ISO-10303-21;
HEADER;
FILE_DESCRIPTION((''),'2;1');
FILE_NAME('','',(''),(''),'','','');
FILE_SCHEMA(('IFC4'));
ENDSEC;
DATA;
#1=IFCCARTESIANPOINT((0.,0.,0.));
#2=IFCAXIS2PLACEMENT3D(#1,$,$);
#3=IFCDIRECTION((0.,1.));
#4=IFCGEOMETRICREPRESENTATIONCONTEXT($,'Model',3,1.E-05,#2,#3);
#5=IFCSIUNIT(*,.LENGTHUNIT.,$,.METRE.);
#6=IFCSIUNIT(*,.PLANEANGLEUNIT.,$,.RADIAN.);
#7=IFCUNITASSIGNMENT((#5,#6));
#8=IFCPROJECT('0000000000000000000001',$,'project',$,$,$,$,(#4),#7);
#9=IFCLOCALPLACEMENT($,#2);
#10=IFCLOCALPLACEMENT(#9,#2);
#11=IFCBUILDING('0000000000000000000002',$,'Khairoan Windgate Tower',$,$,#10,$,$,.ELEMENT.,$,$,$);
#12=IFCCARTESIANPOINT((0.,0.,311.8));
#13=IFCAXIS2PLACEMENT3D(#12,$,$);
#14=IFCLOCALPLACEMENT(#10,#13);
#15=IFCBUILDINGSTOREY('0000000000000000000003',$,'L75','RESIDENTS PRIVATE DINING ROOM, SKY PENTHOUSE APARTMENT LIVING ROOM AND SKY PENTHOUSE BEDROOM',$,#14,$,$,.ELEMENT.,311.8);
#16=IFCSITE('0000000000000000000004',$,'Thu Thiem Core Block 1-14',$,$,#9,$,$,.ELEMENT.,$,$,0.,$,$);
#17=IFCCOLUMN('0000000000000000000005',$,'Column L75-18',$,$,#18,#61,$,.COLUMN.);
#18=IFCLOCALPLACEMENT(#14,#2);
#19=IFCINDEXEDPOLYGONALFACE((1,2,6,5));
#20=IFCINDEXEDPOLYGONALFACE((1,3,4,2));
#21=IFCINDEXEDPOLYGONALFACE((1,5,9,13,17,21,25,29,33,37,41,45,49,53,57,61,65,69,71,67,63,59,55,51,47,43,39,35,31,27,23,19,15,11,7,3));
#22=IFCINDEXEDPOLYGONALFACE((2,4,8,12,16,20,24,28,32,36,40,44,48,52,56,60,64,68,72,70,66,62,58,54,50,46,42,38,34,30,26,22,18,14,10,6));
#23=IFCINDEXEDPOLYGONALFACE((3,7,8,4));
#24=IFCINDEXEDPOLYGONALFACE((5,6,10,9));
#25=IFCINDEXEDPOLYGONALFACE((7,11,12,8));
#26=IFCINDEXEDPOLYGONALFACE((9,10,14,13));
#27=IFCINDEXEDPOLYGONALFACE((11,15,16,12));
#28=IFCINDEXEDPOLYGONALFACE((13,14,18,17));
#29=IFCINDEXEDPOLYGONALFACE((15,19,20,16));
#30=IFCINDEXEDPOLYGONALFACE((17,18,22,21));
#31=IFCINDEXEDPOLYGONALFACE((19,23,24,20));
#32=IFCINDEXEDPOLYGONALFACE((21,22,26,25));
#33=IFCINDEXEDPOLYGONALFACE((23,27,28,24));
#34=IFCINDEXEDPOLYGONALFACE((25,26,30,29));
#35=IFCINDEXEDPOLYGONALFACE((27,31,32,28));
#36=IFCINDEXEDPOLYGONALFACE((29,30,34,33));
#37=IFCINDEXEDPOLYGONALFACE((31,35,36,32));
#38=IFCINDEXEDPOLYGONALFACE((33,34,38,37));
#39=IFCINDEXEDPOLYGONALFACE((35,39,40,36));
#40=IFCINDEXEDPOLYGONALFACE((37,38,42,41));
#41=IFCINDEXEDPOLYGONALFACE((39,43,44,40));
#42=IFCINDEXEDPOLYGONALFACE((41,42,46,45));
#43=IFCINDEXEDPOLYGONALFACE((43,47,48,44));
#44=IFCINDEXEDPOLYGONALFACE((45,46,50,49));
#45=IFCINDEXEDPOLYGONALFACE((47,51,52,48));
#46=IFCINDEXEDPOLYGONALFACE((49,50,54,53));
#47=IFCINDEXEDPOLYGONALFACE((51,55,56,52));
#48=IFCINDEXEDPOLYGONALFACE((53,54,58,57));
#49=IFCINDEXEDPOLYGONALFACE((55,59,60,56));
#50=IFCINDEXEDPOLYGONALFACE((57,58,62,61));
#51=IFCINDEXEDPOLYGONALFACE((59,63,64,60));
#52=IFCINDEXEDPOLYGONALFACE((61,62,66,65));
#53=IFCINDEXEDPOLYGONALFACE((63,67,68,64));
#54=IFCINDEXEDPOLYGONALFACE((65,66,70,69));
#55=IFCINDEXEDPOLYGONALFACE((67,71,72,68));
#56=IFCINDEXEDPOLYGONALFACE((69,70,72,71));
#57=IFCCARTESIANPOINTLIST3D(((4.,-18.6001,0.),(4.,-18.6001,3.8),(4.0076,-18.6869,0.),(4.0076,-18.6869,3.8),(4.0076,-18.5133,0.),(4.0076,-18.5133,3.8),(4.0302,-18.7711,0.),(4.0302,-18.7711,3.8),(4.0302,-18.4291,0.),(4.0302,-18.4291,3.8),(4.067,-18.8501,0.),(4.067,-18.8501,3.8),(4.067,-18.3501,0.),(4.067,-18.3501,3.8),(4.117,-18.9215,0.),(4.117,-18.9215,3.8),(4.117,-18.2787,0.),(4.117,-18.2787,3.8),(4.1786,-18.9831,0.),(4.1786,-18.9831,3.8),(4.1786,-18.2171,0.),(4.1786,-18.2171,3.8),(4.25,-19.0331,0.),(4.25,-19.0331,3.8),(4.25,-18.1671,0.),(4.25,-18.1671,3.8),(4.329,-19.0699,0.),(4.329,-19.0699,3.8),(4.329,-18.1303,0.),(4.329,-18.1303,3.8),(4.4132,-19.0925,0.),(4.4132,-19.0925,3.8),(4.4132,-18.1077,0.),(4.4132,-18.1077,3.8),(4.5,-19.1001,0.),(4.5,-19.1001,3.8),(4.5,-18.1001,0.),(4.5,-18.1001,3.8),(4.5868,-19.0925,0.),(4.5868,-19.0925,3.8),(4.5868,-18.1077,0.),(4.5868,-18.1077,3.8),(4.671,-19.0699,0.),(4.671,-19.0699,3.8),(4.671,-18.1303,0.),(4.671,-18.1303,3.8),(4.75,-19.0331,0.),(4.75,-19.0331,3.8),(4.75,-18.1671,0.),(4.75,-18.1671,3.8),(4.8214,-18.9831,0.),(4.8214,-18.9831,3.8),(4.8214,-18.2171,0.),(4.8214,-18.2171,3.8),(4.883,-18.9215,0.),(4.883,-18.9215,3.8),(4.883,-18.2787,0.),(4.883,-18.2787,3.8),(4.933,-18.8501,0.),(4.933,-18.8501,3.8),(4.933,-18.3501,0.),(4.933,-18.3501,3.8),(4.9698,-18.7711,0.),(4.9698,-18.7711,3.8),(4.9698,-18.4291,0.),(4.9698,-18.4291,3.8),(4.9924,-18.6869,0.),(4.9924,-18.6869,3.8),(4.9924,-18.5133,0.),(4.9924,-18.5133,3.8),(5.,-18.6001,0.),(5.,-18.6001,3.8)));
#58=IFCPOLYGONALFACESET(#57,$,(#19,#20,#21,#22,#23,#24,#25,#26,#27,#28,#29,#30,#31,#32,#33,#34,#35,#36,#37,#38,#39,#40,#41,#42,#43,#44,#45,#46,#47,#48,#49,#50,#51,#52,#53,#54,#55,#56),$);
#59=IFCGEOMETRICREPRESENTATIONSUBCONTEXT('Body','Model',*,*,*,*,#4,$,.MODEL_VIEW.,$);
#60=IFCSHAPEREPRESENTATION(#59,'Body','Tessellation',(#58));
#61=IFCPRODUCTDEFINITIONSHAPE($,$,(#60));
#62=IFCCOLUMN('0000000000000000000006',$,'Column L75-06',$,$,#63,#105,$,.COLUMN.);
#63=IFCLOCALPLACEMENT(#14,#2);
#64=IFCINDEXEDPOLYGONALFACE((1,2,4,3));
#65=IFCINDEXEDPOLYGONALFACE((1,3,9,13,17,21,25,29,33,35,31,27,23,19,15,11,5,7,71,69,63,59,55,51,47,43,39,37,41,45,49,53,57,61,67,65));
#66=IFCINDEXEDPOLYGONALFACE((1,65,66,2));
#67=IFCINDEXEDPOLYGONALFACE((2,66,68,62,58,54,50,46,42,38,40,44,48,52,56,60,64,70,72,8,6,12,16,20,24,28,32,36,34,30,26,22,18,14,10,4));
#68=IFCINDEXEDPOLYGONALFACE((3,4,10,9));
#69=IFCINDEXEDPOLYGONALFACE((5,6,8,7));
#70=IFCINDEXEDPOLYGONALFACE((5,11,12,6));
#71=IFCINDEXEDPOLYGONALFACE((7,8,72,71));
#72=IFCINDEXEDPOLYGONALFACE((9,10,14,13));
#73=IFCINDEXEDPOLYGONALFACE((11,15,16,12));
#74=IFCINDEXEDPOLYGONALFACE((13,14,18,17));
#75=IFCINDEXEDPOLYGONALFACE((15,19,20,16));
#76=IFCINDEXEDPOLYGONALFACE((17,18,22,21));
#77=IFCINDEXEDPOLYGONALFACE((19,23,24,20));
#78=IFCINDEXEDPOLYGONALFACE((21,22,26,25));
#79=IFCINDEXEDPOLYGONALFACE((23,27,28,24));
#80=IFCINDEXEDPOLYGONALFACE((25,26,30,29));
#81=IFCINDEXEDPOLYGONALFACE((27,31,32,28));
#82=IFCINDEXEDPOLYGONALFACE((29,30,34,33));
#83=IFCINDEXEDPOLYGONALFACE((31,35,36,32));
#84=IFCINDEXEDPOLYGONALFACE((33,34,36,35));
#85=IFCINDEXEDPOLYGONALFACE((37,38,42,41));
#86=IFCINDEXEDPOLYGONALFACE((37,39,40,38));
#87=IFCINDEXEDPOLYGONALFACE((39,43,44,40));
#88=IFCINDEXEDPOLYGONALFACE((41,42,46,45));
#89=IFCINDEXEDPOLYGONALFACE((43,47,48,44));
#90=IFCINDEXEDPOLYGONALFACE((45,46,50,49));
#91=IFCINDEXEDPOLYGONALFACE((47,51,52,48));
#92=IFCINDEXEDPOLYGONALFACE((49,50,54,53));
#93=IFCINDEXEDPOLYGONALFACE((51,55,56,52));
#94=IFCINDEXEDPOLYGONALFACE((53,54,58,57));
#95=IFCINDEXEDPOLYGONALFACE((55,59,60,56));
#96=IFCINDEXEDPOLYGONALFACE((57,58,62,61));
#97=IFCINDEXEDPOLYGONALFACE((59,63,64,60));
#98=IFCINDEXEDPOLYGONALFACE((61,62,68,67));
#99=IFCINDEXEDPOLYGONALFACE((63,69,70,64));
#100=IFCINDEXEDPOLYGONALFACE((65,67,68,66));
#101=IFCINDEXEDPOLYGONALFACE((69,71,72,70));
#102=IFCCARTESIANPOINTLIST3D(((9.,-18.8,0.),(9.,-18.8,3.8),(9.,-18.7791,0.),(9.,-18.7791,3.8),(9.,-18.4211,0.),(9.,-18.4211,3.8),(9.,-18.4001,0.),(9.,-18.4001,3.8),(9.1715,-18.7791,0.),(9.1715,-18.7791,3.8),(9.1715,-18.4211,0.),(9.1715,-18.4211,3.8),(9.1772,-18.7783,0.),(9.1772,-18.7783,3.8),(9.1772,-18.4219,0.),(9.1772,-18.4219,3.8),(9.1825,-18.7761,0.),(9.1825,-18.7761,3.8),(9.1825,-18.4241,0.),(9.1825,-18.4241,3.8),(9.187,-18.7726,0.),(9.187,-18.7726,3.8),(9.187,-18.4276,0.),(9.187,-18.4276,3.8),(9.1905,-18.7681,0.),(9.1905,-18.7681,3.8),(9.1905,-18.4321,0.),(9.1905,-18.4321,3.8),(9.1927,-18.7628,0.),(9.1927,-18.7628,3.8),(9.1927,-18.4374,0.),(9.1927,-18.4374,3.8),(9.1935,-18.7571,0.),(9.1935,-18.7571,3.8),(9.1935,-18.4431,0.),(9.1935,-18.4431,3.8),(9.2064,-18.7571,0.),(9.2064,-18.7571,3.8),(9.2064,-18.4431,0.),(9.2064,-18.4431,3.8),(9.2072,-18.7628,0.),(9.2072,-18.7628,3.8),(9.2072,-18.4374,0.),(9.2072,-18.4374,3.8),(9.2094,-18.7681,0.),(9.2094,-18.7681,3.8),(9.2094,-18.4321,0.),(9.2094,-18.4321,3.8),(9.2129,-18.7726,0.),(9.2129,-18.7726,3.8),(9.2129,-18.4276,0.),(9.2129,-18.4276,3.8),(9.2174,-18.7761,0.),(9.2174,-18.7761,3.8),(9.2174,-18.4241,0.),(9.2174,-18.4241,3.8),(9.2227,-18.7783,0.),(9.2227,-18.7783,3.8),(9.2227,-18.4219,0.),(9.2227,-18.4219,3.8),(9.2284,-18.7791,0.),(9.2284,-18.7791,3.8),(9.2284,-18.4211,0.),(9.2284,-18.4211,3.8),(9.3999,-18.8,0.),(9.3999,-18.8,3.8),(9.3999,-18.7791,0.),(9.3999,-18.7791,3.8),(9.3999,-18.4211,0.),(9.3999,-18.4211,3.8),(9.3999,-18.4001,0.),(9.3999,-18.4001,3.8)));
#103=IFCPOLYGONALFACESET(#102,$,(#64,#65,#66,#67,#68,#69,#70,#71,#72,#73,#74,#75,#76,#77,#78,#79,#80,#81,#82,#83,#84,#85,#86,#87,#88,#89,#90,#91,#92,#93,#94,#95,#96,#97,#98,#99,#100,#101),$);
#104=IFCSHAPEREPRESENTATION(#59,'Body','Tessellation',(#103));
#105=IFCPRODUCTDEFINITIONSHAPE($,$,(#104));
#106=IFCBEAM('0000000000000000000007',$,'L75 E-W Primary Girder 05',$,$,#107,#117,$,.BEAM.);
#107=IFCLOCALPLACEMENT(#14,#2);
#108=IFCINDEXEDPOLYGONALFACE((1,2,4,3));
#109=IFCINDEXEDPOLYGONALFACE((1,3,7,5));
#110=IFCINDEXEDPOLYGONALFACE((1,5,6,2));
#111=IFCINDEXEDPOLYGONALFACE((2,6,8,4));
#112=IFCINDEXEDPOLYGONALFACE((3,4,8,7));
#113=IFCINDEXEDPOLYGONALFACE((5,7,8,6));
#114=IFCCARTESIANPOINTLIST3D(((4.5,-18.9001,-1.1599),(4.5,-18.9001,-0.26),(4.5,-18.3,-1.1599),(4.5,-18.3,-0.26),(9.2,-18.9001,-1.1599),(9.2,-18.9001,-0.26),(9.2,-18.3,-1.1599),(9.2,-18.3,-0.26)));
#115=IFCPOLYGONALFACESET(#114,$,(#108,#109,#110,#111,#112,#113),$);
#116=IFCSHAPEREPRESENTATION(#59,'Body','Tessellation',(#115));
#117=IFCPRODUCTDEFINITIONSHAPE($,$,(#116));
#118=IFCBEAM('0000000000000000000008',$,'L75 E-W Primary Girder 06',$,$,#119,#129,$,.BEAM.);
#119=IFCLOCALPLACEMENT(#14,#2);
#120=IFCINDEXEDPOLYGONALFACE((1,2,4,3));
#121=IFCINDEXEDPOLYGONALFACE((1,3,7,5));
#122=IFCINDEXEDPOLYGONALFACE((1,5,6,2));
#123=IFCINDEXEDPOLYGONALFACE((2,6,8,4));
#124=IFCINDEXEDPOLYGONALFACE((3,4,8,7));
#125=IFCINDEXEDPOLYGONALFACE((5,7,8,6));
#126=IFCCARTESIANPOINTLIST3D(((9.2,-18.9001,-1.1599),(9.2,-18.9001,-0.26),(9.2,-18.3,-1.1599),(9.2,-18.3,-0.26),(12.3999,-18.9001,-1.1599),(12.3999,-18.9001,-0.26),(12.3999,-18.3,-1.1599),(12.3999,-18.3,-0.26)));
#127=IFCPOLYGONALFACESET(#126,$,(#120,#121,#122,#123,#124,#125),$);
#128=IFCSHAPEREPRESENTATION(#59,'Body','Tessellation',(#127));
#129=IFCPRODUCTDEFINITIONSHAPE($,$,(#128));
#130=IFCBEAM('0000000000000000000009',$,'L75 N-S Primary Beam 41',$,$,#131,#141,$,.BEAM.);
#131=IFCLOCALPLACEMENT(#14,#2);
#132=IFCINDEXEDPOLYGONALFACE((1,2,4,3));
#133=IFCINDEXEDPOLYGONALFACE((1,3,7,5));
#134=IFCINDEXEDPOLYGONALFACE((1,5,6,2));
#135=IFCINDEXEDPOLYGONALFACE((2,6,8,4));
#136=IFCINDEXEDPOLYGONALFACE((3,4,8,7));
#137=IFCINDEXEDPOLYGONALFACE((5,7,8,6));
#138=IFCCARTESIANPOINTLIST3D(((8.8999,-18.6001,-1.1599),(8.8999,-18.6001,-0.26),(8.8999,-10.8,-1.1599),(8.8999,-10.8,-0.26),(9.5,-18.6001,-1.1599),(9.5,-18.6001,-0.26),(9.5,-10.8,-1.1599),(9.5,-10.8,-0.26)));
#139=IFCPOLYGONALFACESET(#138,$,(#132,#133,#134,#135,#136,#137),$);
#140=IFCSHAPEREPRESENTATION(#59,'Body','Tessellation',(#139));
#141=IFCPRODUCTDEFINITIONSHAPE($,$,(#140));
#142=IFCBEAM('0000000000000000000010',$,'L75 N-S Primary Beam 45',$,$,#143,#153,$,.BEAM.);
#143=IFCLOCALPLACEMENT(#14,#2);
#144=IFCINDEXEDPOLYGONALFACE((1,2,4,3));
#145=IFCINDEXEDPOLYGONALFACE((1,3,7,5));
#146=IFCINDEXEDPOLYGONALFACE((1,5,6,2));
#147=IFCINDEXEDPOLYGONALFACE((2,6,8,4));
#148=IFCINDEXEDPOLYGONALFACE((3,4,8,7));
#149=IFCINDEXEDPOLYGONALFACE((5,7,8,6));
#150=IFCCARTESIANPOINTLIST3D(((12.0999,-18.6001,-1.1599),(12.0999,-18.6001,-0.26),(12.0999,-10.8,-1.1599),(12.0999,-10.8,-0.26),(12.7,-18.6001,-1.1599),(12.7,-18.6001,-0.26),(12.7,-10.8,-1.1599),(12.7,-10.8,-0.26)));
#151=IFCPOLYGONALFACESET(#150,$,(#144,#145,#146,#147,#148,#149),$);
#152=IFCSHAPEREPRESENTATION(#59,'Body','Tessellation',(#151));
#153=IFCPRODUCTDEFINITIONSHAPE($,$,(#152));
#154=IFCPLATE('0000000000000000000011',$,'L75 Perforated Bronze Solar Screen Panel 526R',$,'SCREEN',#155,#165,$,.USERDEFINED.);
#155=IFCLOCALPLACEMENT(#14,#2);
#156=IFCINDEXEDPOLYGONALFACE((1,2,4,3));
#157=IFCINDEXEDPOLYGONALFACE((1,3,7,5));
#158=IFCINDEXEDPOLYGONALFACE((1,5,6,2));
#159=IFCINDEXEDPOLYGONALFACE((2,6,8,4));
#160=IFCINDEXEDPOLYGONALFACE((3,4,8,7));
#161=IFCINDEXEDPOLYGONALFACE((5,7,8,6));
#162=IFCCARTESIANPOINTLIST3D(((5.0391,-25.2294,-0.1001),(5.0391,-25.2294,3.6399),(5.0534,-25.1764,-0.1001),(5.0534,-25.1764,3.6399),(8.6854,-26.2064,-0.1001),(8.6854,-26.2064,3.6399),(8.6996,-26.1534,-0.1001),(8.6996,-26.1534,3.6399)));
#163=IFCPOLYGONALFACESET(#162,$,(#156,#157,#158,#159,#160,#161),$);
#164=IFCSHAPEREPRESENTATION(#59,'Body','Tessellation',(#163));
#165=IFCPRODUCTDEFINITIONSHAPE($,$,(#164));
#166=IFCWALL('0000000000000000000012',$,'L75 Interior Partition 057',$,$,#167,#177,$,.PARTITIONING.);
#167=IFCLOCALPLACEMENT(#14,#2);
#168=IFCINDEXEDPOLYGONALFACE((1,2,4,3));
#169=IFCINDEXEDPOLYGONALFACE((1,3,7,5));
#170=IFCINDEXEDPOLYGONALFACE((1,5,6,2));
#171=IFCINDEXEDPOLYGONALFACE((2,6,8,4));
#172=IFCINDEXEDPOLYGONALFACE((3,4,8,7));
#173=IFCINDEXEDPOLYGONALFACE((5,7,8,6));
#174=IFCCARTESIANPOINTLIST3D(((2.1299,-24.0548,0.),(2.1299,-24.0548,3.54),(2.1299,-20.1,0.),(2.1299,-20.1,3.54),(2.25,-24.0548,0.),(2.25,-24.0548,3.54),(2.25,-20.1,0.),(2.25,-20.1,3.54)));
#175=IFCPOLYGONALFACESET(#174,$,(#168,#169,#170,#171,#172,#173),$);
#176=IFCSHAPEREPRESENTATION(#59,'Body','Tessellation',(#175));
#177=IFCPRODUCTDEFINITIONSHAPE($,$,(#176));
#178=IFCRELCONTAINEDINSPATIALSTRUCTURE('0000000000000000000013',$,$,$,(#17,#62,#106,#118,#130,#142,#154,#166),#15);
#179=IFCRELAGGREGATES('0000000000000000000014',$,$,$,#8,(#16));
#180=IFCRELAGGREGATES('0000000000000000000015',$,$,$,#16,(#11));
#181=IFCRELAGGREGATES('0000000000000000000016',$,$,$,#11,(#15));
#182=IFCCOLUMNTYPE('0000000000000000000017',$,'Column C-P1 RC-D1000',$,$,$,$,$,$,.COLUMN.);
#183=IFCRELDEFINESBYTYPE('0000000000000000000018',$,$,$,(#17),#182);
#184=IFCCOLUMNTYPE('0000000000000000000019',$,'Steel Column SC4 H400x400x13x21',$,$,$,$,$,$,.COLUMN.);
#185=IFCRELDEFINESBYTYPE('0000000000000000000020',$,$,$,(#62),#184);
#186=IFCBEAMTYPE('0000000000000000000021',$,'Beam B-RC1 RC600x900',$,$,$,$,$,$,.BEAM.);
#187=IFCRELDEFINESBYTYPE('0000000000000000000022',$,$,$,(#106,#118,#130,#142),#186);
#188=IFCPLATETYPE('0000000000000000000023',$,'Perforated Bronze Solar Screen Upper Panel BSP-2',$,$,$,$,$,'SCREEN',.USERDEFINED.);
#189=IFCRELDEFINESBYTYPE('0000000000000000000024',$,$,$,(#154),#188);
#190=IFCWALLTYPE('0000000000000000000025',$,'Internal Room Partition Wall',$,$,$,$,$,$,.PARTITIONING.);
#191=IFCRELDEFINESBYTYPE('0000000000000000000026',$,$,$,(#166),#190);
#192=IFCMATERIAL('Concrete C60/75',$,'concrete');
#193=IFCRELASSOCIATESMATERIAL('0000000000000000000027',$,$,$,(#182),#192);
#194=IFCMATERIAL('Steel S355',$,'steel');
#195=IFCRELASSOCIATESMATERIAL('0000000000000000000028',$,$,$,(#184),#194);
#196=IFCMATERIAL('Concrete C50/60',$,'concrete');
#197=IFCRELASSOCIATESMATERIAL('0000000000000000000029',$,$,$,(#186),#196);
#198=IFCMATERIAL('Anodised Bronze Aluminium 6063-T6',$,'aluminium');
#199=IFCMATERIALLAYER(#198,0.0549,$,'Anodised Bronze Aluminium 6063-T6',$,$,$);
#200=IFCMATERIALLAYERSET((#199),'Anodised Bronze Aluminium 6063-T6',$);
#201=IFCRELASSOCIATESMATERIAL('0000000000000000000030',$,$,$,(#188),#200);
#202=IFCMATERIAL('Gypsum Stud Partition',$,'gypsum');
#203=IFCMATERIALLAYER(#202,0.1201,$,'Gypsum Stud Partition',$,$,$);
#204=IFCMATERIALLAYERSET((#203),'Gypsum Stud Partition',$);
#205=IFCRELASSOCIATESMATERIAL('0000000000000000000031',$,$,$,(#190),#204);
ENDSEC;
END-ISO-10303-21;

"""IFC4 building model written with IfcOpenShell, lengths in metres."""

from ifc_helpers import new_model, si_unit, direction, frame, frame_2d, origin, origin_2d, place, context, subcontext, project, spatial, rectangle, circle, i_section, extrude, material, layer, layer_set, material_profile, profile_set, type_object, element, save


model = new_model("IFC4")

# Units and contexts
model_context = context("Model", 3, precision=1e-05, world=origin(), true_north=direction((0.0, 1.0)))
body_context = subcontext(model_context, "Body", "Model", "MODEL_VIEW")
ifc_project = project(units=[si_unit("LENGTHUNIT", "METRE"), si_unit("PLANEANGLEUNIT", "RADIAN")], contexts=[model_context])

# Site, building, storey
site_placement = place(None, origin())
site = spatial("IfcSite", under=ifc_project, at=site_placement, Name="Thu Thiem Core Block 1-14", CompositionType="ELEMENT", RefElevation=0.0)
building_placement = place(site_placement, origin())
building = spatial("IfcBuilding", under=site, at=building_placement, Name="Khairoan Windgate Tower", CompositionType="ELEMENT")
storey_placement = place(building_placement, frame((0.0, 0.0, 311.8)))
storey = spatial("IfcBuildingStorey", under=building, at=storey_placement, Name="L75", Description="RESIDENTS PRIVATE DINING ROOM, SKY PENTHOUSE APARTMENT LIVING ROOM AND SKY PENTHOUSE BEDROOM", CompositionType="ELEMENT", Elevation=311.8)

# Columns
ifc_material_1 = material(Name="Concrete C60/75", Category="concrete")
ifc_material_profile_1 = material_profile(ifc_material_1, circle(Radius=0.5, at=origin_2d()))
ifc_profile_set_1 = profile_set([ifc_material_profile_1], Name="Concrete C60/75")
column_type_1 = type_object("IfcColumnType", Name="Column C-P1 RC-D1000", PredefinedType="COLUMN", material=ifc_profile_set_1)
column_1_placement = place(storey_placement, frame((4.5, -18.6001, 0.0), z_axis=(0.0, 0.0, 1.0), x_axis=(1.0, 0.0, 0.0)))
element("IfcColumn", 1, at=column_1_placement, inside=storey, type_object=column_type_1, Name="Column L75-18", PredefinedType="COLUMN", context=body_context, shape_type="SweptSolid", body=[
    extrude(circle(Radius=0.5, at=origin_2d()), origin(), (0.0, 0.0, 1.0), 3.8),
])
ifc_material_2 = material(Name="Steel S355", Category="steel")
ifc_material_profile_2 = material_profile(ifc_material_2, i_section(OverallWidth=0.3999, OverallDepth=0.3999, WebThickness=0.0129, FlangeThickness=0.021, FilletRadius=0.022, at=origin_2d()))
ifc_profile_set_2 = profile_set([ifc_material_profile_2], Name="Steel S355")
column_type_2 = type_object("IfcColumnType", Name="Steel Column SC4 H400x400x13x21", PredefinedType="COLUMN", material=ifc_profile_set_2)
column_2_placement = place(storey_placement, frame((9.2, -18.6001, 0.0), z_axis=(0.0, 0.0, 1.0), x_axis=(1.0, 0.0, 0.0)))
element("IfcColumn", 2, at=column_2_placement, inside=storey, type_object=column_type_2, Name="Column L75-06", PredefinedType="COLUMN", context=body_context, shape_type="SweptSolid", body=[
    extrude(i_section(OverallWidth=0.3999, OverallDepth=0.3999, WebThickness=0.0129, FlangeThickness=0.021, FilletRadius=0.022, at=origin_2d()), origin(), (0.0, 0.0, 1.0), 3.8),
])

# Beams
ifc_material_3 = material(Name="Concrete C50/60", Category="concrete")
ifc_material_profile_3 = material_profile(ifc_material_3, rectangle(XDim=0.6001, YDim=0.8999, at=origin_2d()))
ifc_profile_set_3 = profile_set([ifc_material_profile_3], Name="Concrete C50/60")
beam_type = type_object("IfcBeamType", Name="Beam B-RC1 RC600x900", PredefinedType="BEAM", material=ifc_profile_set_3)
beam_1_placement = place(storey_placement, frame((4.5, -18.6001, -0.71), z_axis=(1.0, 0.0, 0.0), x_axis=(0.0, 1.0, 0.0)))
element("IfcBeam", 3, at=beam_1_placement, inside=storey, type_object=beam_type, Name="L75 E-W Primary Girder 05", PredefinedType="BEAM", context=body_context, shape_type="SweptSolid", body=[
    extrude(rectangle(XDim=0.6001, YDim=0.8999, at=origin_2d()), origin(), (0.0, 0.0, 1.0), 4.7),
])
beam_2_placement = place(storey_placement, frame((9.2, -18.6001, -0.71), z_axis=(1.0, 0.0, 0.0), x_axis=(0.0, 1.0, 0.0)))
element("IfcBeam", 4, at=beam_2_placement, inside=storey, type_object=beam_type, Name="L75 E-W Primary Girder 06", PredefinedType="BEAM", context=body_context, shape_type="SweptSolid", body=[
    extrude(rectangle(XDim=0.6001, YDim=0.8999, at=origin_2d()), origin(), (0.0, 0.0, 1.0), 3.2),
])
for number, where, z_axis, x_axis, name in (
    (5, (9.2, -18.6001, -0.71), (0.0, 1.0, 0.0), (-1.0, 0.0, 0.0), "L75 N-S Primary Beam 41"),
    (6, (12.3999, -18.6001, -0.71), (0.0, 1.0, 0.0), (-1.0, 0.0, 0.0), "L75 N-S Primary Beam 45"),
):
    element("IfcBeam", number, at=place(storey_placement, frame(where, z_axis=z_axis, x_axis=x_axis)), inside=storey, type_object=beam_type, Name=name, PredefinedType="BEAM", context=body_context, shape_type="SweptSolid", body=[
        extrude(rectangle(XDim=0.6001, YDim=0.8999, at=origin_2d()), origin(), (0.0, 0.0, 1.0), 7.8),
    ])

# Plate
ifc_material_4 = material(Name="Anodised Bronze Aluminium 6063-T6", Category="aluminium")
ifc_layer_1 = layer(ifc_material_4, 0.0549, Name="Anodised Bronze Aluminium 6063-T6")
ifc_layer_set_1 = layer_set([ifc_layer_1], Name="Anodised Bronze Aluminium 6063-T6")
plate_type = type_object("IfcPlateType", Name="Perforated Bronze Solar Screen Upper Panel BSP-2", ElementType="SCREEN", PredefinedType="USERDEFINED", material=ifc_layer_set_1)
plate_placement = place(storey_placement, frame((6.8694, -25.6914, -0.1001), z_axis=(0.0, 0.0, 1.0), x_axis=(-0.965926, 0.258819, 0.0)))
element("IfcPlate", 7, at=plate_placement, inside=storey, type_object=plate_type, Name="L75 Perforated Bronze Solar Screen Panel 526R", ObjectType="SCREEN", PredefinedType="USERDEFINED", context=body_context, shape_type="SweptSolid", body=[
    extrude(rectangle(XDim=3.7749, YDim=0.0549, at=origin_2d()), origin(), (0.0, 0.0, 1.0), 3.74),
])

# Shared definitions
ifc_material_5 = material(Name="Gypsum Stud Partition", Category="gypsum")
ifc_layer_2 = layer(ifc_material_5, 0.1201, Name="Gypsum Stud Partition")
ifc_layer_set_2 = layer_set([ifc_layer_2], Name="Gypsum Stud Partition")
wall_type_1 = type_object("IfcWallType", Name="Internal Room Partition Wall", PredefinedType="PARTITIONING", material=ifc_layer_set_2)

# Wall
wall_1_placement = place(storey_placement, frame((2.1899, -24.0549, 0.0), z_axis=(0.0, 0.0, 1.0), x_axis=(0.0, 1.0, 0.0)))
element("IfcWall", 8, at=wall_1_placement, inside=storey, type_object=wall_type_1, Name="L75 Interior Partition 057", PredefinedType="PARTITIONING", context=body_context, shape_type="SweptSolid", body=[
    extrude(rectangle(XDim=3.9548, YDim=0.1201, at=frame_2d((1.9775, 0.0))), origin(), (0.0, 0.0, 1.0), 3.54),
])

save(model, "model.ifc")
